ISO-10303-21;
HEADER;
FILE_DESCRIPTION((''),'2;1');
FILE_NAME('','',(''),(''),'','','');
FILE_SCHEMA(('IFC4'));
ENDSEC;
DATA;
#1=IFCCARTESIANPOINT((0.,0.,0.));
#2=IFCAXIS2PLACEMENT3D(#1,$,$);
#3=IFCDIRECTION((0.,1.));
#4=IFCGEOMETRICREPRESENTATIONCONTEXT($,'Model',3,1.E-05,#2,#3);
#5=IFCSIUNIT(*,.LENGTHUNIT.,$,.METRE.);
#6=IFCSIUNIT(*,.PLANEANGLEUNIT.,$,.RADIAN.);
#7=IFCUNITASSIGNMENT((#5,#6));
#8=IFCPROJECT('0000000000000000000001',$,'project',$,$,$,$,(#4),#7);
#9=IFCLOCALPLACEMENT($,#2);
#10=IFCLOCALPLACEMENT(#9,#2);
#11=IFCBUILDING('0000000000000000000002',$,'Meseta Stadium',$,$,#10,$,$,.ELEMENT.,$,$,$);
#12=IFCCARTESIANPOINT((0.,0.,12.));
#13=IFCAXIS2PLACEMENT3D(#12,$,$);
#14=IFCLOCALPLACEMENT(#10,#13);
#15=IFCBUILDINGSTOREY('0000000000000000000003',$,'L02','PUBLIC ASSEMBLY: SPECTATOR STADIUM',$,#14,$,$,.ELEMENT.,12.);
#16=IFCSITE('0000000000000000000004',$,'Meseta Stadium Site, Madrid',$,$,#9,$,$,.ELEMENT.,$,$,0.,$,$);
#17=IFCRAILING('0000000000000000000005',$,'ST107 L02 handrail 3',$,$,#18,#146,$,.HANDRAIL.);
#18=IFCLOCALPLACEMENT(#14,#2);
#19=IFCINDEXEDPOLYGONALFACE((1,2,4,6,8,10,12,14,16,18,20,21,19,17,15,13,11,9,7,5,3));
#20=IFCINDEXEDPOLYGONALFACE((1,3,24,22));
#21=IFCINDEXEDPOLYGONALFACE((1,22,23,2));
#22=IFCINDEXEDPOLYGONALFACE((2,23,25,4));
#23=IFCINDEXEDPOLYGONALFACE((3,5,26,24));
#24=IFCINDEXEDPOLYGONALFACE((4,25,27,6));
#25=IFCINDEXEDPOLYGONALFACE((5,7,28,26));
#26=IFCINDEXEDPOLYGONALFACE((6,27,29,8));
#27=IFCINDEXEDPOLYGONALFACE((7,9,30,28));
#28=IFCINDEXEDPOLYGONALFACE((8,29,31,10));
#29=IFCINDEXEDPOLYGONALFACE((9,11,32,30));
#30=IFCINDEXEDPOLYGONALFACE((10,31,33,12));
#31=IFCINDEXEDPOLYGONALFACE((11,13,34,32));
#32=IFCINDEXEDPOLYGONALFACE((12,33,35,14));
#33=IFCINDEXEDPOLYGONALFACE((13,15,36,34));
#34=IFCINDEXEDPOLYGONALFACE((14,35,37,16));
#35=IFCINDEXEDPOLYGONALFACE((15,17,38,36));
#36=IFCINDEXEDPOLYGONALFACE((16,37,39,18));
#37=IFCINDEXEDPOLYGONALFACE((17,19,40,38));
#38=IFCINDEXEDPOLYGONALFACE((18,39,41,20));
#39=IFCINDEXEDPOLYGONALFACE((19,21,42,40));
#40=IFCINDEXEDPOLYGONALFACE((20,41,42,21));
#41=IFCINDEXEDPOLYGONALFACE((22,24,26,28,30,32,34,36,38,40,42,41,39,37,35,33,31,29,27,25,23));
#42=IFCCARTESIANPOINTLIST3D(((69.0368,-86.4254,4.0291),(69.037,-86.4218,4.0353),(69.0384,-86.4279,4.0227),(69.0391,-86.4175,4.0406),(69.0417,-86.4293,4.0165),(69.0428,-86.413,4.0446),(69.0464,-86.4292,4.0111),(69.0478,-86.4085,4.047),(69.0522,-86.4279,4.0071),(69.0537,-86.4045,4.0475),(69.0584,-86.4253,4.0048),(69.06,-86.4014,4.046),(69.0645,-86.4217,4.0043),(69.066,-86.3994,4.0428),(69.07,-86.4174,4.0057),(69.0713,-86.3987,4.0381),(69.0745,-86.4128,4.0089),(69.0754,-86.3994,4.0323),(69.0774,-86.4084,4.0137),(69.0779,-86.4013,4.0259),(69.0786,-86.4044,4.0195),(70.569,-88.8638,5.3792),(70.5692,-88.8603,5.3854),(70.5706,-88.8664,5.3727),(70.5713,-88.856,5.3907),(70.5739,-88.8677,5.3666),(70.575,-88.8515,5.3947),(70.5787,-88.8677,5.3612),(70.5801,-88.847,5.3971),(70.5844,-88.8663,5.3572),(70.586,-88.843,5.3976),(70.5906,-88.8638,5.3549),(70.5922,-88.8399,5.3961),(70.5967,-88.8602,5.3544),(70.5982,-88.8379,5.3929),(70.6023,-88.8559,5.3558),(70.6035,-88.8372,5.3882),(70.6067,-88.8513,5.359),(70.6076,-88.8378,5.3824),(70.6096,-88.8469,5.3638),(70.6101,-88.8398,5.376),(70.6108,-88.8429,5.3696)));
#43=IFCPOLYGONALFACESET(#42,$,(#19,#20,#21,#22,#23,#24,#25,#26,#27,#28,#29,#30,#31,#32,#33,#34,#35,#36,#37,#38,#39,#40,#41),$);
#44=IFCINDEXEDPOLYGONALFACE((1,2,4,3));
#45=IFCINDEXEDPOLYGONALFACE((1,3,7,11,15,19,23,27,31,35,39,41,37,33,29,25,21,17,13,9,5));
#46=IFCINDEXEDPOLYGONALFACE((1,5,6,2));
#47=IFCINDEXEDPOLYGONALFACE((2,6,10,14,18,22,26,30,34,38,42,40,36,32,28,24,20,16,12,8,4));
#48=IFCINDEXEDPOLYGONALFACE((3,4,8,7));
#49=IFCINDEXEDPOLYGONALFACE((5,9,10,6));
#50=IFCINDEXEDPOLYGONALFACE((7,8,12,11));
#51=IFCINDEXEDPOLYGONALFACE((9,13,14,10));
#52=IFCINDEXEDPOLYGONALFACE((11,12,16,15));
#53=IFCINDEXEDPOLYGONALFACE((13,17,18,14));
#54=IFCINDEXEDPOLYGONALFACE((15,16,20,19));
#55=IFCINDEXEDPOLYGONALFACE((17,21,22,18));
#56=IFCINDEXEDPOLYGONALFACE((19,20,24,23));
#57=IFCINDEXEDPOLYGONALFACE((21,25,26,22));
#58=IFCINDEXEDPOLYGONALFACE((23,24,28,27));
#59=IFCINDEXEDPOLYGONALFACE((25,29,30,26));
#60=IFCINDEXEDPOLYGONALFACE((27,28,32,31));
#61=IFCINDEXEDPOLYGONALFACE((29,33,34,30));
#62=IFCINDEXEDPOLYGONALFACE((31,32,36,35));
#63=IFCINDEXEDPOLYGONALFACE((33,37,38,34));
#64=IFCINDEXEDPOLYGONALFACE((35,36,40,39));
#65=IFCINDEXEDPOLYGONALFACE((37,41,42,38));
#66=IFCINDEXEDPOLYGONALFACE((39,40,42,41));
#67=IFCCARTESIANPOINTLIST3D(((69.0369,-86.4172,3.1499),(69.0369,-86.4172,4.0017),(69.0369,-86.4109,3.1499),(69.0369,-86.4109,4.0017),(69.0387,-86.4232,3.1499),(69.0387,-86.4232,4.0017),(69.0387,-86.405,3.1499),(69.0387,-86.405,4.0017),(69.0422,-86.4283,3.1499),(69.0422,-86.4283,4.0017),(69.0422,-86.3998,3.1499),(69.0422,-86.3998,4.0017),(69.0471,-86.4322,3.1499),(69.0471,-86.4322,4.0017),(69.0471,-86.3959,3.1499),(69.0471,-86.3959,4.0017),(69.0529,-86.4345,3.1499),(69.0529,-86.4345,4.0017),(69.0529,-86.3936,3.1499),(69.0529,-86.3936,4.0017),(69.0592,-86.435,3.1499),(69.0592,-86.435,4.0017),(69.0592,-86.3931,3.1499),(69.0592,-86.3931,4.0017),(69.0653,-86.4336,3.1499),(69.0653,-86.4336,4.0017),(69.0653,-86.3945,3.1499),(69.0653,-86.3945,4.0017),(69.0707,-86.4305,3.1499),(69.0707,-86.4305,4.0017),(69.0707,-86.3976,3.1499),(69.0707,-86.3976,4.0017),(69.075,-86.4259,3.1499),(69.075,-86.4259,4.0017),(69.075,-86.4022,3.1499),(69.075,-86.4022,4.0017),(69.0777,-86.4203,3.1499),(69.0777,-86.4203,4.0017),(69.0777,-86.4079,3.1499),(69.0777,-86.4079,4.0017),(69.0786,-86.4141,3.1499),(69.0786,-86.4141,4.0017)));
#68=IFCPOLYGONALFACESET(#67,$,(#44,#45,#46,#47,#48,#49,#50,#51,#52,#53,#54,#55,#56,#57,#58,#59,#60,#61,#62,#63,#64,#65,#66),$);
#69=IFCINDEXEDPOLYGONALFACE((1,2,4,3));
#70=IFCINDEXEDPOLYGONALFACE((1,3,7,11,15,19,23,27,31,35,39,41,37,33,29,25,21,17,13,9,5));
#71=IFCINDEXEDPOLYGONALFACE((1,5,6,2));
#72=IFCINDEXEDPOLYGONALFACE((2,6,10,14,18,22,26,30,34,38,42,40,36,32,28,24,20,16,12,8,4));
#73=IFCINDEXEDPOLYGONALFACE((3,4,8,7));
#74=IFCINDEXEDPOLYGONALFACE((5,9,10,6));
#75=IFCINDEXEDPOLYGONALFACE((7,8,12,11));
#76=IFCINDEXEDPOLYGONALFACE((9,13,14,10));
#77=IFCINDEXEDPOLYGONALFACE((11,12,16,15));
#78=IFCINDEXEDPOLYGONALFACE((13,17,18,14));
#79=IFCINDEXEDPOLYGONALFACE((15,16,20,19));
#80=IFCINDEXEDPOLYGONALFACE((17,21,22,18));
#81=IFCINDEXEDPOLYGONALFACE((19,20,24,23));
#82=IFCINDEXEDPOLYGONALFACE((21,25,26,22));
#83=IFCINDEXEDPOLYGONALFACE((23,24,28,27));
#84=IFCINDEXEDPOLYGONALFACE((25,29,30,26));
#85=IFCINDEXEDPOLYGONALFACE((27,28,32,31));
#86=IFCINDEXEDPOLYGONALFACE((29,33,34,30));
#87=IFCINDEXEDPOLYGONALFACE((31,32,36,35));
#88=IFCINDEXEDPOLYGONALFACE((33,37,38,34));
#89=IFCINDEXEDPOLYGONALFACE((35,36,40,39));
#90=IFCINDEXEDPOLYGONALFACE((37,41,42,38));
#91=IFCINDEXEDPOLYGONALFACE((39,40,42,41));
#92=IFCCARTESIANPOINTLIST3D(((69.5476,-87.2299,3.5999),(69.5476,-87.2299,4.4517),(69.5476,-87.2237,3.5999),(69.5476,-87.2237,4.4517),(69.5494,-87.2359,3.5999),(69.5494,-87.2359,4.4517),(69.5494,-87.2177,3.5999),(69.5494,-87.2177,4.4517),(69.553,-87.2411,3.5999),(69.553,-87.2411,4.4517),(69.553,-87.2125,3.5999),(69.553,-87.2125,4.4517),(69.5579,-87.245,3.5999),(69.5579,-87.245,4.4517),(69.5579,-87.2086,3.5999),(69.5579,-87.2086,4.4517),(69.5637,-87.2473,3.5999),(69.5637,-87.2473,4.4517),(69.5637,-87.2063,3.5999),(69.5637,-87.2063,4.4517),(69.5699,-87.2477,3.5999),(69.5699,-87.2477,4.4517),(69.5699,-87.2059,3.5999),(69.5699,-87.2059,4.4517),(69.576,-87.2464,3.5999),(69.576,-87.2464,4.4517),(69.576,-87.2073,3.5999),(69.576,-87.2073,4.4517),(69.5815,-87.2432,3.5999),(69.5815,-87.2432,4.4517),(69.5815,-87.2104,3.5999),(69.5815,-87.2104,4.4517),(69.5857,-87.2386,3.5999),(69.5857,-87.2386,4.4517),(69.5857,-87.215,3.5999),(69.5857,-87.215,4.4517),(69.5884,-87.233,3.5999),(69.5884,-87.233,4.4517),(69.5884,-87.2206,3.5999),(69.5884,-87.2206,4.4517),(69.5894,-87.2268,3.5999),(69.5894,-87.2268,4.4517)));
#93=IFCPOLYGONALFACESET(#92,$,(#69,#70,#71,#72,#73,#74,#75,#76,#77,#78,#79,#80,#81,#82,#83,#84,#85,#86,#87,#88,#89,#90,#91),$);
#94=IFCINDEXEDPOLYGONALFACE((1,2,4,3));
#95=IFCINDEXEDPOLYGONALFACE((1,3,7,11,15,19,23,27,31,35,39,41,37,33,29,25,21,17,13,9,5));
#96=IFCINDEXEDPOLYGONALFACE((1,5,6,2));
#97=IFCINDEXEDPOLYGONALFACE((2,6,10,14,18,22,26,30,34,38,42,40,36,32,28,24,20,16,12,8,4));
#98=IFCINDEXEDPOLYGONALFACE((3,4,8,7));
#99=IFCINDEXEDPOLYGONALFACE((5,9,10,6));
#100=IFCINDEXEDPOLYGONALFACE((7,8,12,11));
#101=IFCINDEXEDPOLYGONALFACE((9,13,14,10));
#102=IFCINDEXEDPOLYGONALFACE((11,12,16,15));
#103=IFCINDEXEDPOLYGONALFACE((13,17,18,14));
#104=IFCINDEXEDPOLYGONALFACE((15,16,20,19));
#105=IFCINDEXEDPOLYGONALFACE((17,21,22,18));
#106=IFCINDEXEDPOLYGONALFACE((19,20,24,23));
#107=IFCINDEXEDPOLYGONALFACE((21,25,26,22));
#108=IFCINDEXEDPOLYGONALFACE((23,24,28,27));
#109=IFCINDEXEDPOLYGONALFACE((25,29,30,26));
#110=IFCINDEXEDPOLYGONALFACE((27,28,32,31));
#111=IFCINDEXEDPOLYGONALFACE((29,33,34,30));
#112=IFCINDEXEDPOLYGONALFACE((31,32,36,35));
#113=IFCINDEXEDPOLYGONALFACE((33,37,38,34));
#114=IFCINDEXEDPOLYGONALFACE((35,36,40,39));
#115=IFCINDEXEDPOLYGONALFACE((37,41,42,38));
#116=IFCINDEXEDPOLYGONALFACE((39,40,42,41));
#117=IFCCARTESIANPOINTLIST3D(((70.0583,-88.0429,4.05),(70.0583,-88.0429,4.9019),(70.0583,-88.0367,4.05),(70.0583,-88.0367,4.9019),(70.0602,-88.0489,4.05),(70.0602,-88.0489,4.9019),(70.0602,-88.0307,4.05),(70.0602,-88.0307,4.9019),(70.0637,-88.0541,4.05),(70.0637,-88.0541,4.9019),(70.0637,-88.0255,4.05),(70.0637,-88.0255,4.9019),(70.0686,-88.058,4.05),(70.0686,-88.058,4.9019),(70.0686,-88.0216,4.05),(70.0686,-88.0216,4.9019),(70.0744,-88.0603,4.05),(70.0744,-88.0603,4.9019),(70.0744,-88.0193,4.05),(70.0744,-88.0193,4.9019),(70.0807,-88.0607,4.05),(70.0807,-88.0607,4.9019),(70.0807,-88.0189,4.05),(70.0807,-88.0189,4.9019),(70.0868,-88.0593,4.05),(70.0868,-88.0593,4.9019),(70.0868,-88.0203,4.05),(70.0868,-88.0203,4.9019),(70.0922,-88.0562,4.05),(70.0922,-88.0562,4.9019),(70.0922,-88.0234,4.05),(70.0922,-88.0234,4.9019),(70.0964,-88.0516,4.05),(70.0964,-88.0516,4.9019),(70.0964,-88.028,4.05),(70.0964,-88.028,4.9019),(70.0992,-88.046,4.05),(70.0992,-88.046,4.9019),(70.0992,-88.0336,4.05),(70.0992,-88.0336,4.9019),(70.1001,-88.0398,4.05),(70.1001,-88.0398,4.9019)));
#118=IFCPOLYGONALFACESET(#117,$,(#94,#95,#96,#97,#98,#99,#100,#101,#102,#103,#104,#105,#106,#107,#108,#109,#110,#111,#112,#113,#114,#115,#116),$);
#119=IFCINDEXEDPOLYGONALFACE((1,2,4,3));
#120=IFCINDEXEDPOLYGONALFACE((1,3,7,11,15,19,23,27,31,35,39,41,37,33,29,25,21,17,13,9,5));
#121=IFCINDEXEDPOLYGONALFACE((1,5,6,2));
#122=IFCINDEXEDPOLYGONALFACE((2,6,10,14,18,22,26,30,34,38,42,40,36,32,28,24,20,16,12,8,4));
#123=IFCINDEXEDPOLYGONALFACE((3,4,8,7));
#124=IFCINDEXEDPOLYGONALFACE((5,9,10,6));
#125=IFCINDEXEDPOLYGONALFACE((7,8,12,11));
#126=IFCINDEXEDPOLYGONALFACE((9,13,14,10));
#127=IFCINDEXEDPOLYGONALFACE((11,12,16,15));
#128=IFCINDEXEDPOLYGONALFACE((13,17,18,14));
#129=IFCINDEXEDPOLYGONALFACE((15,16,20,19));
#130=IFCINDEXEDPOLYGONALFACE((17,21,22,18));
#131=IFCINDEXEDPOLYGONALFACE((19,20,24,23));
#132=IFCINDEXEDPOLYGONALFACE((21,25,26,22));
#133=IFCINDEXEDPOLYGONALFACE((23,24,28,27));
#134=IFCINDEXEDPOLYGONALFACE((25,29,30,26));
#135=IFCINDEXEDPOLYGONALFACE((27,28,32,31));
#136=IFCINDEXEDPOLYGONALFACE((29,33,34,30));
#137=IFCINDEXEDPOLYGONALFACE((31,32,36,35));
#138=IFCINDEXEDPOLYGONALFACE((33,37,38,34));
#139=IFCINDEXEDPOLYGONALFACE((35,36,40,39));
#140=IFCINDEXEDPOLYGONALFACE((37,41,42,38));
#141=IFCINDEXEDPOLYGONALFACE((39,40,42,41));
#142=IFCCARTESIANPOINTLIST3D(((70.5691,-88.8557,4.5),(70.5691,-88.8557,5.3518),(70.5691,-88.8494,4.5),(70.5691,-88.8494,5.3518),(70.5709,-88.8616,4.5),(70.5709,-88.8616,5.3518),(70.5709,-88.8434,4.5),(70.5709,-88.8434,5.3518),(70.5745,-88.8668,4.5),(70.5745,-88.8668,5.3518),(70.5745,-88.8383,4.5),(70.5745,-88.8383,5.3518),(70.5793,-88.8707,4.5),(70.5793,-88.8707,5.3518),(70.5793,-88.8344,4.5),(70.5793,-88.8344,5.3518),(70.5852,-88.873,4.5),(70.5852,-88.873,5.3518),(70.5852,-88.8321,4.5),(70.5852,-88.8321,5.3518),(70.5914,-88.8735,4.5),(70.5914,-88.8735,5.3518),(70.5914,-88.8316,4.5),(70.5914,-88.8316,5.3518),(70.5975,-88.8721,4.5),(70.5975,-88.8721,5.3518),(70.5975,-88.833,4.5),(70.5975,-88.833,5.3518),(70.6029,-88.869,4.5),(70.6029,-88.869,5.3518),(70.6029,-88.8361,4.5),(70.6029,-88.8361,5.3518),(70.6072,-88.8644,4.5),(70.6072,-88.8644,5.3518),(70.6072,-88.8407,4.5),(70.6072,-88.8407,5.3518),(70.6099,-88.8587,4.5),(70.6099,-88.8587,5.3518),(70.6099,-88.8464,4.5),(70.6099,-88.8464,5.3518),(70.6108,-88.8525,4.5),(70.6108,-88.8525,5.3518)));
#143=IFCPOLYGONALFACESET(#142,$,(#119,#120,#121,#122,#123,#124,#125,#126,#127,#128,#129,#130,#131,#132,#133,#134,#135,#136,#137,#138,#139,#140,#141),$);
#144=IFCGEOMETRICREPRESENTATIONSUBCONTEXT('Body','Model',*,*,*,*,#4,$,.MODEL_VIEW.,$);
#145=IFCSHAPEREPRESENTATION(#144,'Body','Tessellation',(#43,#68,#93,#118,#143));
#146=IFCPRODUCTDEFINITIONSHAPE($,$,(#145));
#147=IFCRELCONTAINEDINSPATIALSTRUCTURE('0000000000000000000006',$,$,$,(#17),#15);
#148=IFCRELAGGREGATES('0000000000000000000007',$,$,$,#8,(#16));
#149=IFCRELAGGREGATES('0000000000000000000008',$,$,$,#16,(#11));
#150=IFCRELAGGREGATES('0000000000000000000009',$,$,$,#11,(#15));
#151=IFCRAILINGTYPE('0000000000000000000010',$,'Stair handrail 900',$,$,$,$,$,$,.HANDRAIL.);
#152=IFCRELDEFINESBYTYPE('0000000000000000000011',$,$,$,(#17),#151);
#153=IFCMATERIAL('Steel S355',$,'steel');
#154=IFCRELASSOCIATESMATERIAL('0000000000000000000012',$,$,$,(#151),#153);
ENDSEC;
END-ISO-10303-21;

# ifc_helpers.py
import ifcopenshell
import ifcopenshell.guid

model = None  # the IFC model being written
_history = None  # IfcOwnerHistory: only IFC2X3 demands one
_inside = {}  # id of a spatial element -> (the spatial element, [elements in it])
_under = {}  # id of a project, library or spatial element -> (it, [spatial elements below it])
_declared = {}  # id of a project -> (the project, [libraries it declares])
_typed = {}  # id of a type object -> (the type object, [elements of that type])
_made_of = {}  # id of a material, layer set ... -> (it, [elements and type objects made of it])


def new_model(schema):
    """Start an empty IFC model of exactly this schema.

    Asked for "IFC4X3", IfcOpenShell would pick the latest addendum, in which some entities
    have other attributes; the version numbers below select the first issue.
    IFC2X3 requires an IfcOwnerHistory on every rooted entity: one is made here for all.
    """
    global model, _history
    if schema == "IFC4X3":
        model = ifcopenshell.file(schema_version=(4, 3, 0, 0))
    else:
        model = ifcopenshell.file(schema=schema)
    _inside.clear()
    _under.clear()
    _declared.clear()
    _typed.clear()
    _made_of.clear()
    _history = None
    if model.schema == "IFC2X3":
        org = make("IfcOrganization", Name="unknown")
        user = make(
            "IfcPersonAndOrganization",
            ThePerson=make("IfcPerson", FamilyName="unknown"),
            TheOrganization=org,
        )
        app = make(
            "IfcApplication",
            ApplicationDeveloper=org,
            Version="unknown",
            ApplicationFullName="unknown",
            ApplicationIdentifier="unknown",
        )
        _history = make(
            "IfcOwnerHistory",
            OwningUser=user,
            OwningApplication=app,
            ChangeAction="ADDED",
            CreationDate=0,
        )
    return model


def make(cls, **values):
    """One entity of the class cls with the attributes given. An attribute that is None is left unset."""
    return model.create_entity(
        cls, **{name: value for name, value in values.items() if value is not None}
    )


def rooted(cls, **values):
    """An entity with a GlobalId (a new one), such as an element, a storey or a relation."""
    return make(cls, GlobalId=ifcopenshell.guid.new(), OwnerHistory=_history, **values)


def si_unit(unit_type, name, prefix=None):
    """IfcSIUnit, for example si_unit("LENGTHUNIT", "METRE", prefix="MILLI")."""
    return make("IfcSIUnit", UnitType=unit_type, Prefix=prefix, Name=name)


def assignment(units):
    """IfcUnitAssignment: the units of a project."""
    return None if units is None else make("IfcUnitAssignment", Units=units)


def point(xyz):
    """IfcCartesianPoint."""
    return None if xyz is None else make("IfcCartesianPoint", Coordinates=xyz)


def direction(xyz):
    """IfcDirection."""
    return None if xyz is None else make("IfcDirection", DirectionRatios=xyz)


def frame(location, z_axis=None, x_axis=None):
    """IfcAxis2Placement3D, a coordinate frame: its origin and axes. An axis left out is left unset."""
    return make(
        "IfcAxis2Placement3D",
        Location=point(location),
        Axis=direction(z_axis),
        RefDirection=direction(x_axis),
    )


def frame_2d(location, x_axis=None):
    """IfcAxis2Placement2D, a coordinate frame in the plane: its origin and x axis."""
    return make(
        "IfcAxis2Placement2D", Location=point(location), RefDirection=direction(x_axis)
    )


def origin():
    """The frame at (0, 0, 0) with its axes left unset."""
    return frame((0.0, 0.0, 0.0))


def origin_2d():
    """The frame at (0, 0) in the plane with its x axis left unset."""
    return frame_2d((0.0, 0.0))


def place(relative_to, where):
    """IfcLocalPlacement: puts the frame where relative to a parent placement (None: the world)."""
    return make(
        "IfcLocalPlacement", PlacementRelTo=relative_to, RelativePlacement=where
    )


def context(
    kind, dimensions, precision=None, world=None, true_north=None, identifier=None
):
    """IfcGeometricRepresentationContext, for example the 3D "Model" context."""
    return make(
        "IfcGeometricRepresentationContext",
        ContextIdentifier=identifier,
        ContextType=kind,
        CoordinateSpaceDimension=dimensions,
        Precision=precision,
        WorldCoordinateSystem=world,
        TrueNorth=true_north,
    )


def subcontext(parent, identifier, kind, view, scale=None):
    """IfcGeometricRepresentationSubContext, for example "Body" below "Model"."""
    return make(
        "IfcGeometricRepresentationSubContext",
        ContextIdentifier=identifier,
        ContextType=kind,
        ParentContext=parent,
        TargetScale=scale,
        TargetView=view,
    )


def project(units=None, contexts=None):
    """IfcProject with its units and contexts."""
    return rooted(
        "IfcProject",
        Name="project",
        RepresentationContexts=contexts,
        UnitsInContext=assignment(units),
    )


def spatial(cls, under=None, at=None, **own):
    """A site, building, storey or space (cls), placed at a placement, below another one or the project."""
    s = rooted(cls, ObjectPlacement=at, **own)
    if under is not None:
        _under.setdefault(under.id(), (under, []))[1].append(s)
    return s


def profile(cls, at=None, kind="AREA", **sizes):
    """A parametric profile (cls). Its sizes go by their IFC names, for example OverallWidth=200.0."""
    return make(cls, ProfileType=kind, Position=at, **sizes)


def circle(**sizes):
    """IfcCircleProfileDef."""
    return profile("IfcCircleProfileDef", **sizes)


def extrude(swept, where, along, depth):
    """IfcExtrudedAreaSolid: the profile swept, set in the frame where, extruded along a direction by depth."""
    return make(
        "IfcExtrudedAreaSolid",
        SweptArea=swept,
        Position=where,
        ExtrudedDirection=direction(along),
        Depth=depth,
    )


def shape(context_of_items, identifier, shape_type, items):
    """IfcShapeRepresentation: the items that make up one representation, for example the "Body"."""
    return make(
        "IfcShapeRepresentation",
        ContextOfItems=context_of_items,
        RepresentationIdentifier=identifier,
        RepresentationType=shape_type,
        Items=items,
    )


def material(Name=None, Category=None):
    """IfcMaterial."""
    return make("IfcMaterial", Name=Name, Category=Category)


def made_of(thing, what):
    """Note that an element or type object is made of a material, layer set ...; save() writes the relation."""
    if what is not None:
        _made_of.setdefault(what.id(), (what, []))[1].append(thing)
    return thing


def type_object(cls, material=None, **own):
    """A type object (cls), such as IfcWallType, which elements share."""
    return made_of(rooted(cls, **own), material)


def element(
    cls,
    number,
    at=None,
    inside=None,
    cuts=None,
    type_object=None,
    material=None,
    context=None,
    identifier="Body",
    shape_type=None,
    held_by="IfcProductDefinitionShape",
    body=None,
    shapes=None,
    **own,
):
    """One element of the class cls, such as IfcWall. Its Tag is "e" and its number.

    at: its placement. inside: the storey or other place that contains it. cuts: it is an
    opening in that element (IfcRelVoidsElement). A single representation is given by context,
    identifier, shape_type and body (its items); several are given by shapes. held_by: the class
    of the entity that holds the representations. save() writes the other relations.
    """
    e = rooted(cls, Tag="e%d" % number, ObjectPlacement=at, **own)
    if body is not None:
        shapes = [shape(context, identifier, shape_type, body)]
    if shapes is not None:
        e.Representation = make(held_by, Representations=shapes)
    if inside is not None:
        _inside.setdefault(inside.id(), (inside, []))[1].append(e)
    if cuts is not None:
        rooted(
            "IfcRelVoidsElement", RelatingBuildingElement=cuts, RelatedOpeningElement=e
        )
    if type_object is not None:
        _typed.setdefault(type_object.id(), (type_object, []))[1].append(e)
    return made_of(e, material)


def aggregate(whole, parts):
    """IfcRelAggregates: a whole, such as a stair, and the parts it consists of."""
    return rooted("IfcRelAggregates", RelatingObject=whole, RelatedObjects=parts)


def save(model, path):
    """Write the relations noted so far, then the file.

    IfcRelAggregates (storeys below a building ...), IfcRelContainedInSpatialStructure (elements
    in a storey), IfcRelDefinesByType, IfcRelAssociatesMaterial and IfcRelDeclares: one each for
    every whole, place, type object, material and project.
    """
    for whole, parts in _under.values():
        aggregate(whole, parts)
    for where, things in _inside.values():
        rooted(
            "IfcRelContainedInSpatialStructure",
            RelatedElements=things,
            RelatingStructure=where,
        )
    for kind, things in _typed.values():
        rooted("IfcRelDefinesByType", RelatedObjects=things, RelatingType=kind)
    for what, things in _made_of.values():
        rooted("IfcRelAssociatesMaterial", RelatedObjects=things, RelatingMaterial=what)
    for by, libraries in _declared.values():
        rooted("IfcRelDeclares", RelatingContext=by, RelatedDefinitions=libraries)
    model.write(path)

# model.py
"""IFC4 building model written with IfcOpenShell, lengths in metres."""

from ifc_helpers import new_model, si_unit, direction, frame, origin, origin_2d, place, context, subcontext, project, spatial, circle, extrude, material, type_object, element, save


model = new_model("IFC4")

# Units and contexts
model_context = context("Model", 3, precision=1e-05, world=origin(), true_north=direction((0.0, 1.0)))
body_context = subcontext(model_context, "Body", "Model", "MODEL_VIEW")
ifc_project = project(units=[si_unit("LENGTHUNIT", "METRE"), si_unit("PLANEANGLEUNIT", "RADIAN")], contexts=[model_context])

# Site, building, storey
site_placement = place(None, origin())
site = spatial("IfcSite", under=ifc_project, at=site_placement, Name="Meseta Stadium Site, Madrid", CompositionType="ELEMENT", RefElevation=0.0)
building_placement = place(site_placement, origin())
building = spatial("IfcBuilding", under=site, at=building_placement, Name="Meseta Stadium", CompositionType="ELEMENT")
storey_placement = place(building_placement, frame((0.0, 0.0, 12.0)))
storey = spatial("IfcBuildingStorey", under=building, at=storey_placement, Name="L02", Description="PUBLIC ASSEMBLY: SPECTATOR STADIUM", CompositionType="ELEMENT", Elevation=12.0)

# Railing
ifc_material_1 = material(Name="Steel S355", Category="steel")
railing_type_1 = type_object("IfcRailingType", Name="Stair handrail 900", PredefinedType="HANDRAIL", material=ifc_material_1)
for number, where, name in (
    (1, (69.0576, -86.4141, 3.1499), "ST107 L02 handrail 3"),
):
    element("IfcRailing", number, at=place(storey_placement, frame(where)), inside=storey, type_object=railing_type_1, Name=name, PredefinedType="HANDRAIL", context=body_context, shape_type="SweptSolid", body=[
        extrude(circle(Radius=0.0239, at=origin_2d()), frame((0.0, 0.0, 0.876), z_axis=(0.481731, -0.766655, 0.42447), x_axis=(0.846719, 0.53204, 0.0)), (0.0, 0.0, 1.0), 3.1807),
        extrude(circle(Radius=0.021, at=origin_2d()), origin(), (0.0, 0.0, 1.0), 0.8518),
        extrude(circle(Radius=0.021, at=origin_2d()), frame((0.5107, -0.8127, 0.45)), (0.0, 0.0, 1.0), 0.8518),
        extrude(circle(Radius=0.021, at=origin_2d()), frame((1.0215, -1.6257, 0.9001)), (0.0, 0.0, 1.0), 0.8518),
        extrude(circle(Radius=0.021, at=origin_2d()), frame((1.5322, -2.4385, 1.3501)), (0.0, 0.0, 1.0), 0.8518),
    ])

save(model, "model.ifc")
